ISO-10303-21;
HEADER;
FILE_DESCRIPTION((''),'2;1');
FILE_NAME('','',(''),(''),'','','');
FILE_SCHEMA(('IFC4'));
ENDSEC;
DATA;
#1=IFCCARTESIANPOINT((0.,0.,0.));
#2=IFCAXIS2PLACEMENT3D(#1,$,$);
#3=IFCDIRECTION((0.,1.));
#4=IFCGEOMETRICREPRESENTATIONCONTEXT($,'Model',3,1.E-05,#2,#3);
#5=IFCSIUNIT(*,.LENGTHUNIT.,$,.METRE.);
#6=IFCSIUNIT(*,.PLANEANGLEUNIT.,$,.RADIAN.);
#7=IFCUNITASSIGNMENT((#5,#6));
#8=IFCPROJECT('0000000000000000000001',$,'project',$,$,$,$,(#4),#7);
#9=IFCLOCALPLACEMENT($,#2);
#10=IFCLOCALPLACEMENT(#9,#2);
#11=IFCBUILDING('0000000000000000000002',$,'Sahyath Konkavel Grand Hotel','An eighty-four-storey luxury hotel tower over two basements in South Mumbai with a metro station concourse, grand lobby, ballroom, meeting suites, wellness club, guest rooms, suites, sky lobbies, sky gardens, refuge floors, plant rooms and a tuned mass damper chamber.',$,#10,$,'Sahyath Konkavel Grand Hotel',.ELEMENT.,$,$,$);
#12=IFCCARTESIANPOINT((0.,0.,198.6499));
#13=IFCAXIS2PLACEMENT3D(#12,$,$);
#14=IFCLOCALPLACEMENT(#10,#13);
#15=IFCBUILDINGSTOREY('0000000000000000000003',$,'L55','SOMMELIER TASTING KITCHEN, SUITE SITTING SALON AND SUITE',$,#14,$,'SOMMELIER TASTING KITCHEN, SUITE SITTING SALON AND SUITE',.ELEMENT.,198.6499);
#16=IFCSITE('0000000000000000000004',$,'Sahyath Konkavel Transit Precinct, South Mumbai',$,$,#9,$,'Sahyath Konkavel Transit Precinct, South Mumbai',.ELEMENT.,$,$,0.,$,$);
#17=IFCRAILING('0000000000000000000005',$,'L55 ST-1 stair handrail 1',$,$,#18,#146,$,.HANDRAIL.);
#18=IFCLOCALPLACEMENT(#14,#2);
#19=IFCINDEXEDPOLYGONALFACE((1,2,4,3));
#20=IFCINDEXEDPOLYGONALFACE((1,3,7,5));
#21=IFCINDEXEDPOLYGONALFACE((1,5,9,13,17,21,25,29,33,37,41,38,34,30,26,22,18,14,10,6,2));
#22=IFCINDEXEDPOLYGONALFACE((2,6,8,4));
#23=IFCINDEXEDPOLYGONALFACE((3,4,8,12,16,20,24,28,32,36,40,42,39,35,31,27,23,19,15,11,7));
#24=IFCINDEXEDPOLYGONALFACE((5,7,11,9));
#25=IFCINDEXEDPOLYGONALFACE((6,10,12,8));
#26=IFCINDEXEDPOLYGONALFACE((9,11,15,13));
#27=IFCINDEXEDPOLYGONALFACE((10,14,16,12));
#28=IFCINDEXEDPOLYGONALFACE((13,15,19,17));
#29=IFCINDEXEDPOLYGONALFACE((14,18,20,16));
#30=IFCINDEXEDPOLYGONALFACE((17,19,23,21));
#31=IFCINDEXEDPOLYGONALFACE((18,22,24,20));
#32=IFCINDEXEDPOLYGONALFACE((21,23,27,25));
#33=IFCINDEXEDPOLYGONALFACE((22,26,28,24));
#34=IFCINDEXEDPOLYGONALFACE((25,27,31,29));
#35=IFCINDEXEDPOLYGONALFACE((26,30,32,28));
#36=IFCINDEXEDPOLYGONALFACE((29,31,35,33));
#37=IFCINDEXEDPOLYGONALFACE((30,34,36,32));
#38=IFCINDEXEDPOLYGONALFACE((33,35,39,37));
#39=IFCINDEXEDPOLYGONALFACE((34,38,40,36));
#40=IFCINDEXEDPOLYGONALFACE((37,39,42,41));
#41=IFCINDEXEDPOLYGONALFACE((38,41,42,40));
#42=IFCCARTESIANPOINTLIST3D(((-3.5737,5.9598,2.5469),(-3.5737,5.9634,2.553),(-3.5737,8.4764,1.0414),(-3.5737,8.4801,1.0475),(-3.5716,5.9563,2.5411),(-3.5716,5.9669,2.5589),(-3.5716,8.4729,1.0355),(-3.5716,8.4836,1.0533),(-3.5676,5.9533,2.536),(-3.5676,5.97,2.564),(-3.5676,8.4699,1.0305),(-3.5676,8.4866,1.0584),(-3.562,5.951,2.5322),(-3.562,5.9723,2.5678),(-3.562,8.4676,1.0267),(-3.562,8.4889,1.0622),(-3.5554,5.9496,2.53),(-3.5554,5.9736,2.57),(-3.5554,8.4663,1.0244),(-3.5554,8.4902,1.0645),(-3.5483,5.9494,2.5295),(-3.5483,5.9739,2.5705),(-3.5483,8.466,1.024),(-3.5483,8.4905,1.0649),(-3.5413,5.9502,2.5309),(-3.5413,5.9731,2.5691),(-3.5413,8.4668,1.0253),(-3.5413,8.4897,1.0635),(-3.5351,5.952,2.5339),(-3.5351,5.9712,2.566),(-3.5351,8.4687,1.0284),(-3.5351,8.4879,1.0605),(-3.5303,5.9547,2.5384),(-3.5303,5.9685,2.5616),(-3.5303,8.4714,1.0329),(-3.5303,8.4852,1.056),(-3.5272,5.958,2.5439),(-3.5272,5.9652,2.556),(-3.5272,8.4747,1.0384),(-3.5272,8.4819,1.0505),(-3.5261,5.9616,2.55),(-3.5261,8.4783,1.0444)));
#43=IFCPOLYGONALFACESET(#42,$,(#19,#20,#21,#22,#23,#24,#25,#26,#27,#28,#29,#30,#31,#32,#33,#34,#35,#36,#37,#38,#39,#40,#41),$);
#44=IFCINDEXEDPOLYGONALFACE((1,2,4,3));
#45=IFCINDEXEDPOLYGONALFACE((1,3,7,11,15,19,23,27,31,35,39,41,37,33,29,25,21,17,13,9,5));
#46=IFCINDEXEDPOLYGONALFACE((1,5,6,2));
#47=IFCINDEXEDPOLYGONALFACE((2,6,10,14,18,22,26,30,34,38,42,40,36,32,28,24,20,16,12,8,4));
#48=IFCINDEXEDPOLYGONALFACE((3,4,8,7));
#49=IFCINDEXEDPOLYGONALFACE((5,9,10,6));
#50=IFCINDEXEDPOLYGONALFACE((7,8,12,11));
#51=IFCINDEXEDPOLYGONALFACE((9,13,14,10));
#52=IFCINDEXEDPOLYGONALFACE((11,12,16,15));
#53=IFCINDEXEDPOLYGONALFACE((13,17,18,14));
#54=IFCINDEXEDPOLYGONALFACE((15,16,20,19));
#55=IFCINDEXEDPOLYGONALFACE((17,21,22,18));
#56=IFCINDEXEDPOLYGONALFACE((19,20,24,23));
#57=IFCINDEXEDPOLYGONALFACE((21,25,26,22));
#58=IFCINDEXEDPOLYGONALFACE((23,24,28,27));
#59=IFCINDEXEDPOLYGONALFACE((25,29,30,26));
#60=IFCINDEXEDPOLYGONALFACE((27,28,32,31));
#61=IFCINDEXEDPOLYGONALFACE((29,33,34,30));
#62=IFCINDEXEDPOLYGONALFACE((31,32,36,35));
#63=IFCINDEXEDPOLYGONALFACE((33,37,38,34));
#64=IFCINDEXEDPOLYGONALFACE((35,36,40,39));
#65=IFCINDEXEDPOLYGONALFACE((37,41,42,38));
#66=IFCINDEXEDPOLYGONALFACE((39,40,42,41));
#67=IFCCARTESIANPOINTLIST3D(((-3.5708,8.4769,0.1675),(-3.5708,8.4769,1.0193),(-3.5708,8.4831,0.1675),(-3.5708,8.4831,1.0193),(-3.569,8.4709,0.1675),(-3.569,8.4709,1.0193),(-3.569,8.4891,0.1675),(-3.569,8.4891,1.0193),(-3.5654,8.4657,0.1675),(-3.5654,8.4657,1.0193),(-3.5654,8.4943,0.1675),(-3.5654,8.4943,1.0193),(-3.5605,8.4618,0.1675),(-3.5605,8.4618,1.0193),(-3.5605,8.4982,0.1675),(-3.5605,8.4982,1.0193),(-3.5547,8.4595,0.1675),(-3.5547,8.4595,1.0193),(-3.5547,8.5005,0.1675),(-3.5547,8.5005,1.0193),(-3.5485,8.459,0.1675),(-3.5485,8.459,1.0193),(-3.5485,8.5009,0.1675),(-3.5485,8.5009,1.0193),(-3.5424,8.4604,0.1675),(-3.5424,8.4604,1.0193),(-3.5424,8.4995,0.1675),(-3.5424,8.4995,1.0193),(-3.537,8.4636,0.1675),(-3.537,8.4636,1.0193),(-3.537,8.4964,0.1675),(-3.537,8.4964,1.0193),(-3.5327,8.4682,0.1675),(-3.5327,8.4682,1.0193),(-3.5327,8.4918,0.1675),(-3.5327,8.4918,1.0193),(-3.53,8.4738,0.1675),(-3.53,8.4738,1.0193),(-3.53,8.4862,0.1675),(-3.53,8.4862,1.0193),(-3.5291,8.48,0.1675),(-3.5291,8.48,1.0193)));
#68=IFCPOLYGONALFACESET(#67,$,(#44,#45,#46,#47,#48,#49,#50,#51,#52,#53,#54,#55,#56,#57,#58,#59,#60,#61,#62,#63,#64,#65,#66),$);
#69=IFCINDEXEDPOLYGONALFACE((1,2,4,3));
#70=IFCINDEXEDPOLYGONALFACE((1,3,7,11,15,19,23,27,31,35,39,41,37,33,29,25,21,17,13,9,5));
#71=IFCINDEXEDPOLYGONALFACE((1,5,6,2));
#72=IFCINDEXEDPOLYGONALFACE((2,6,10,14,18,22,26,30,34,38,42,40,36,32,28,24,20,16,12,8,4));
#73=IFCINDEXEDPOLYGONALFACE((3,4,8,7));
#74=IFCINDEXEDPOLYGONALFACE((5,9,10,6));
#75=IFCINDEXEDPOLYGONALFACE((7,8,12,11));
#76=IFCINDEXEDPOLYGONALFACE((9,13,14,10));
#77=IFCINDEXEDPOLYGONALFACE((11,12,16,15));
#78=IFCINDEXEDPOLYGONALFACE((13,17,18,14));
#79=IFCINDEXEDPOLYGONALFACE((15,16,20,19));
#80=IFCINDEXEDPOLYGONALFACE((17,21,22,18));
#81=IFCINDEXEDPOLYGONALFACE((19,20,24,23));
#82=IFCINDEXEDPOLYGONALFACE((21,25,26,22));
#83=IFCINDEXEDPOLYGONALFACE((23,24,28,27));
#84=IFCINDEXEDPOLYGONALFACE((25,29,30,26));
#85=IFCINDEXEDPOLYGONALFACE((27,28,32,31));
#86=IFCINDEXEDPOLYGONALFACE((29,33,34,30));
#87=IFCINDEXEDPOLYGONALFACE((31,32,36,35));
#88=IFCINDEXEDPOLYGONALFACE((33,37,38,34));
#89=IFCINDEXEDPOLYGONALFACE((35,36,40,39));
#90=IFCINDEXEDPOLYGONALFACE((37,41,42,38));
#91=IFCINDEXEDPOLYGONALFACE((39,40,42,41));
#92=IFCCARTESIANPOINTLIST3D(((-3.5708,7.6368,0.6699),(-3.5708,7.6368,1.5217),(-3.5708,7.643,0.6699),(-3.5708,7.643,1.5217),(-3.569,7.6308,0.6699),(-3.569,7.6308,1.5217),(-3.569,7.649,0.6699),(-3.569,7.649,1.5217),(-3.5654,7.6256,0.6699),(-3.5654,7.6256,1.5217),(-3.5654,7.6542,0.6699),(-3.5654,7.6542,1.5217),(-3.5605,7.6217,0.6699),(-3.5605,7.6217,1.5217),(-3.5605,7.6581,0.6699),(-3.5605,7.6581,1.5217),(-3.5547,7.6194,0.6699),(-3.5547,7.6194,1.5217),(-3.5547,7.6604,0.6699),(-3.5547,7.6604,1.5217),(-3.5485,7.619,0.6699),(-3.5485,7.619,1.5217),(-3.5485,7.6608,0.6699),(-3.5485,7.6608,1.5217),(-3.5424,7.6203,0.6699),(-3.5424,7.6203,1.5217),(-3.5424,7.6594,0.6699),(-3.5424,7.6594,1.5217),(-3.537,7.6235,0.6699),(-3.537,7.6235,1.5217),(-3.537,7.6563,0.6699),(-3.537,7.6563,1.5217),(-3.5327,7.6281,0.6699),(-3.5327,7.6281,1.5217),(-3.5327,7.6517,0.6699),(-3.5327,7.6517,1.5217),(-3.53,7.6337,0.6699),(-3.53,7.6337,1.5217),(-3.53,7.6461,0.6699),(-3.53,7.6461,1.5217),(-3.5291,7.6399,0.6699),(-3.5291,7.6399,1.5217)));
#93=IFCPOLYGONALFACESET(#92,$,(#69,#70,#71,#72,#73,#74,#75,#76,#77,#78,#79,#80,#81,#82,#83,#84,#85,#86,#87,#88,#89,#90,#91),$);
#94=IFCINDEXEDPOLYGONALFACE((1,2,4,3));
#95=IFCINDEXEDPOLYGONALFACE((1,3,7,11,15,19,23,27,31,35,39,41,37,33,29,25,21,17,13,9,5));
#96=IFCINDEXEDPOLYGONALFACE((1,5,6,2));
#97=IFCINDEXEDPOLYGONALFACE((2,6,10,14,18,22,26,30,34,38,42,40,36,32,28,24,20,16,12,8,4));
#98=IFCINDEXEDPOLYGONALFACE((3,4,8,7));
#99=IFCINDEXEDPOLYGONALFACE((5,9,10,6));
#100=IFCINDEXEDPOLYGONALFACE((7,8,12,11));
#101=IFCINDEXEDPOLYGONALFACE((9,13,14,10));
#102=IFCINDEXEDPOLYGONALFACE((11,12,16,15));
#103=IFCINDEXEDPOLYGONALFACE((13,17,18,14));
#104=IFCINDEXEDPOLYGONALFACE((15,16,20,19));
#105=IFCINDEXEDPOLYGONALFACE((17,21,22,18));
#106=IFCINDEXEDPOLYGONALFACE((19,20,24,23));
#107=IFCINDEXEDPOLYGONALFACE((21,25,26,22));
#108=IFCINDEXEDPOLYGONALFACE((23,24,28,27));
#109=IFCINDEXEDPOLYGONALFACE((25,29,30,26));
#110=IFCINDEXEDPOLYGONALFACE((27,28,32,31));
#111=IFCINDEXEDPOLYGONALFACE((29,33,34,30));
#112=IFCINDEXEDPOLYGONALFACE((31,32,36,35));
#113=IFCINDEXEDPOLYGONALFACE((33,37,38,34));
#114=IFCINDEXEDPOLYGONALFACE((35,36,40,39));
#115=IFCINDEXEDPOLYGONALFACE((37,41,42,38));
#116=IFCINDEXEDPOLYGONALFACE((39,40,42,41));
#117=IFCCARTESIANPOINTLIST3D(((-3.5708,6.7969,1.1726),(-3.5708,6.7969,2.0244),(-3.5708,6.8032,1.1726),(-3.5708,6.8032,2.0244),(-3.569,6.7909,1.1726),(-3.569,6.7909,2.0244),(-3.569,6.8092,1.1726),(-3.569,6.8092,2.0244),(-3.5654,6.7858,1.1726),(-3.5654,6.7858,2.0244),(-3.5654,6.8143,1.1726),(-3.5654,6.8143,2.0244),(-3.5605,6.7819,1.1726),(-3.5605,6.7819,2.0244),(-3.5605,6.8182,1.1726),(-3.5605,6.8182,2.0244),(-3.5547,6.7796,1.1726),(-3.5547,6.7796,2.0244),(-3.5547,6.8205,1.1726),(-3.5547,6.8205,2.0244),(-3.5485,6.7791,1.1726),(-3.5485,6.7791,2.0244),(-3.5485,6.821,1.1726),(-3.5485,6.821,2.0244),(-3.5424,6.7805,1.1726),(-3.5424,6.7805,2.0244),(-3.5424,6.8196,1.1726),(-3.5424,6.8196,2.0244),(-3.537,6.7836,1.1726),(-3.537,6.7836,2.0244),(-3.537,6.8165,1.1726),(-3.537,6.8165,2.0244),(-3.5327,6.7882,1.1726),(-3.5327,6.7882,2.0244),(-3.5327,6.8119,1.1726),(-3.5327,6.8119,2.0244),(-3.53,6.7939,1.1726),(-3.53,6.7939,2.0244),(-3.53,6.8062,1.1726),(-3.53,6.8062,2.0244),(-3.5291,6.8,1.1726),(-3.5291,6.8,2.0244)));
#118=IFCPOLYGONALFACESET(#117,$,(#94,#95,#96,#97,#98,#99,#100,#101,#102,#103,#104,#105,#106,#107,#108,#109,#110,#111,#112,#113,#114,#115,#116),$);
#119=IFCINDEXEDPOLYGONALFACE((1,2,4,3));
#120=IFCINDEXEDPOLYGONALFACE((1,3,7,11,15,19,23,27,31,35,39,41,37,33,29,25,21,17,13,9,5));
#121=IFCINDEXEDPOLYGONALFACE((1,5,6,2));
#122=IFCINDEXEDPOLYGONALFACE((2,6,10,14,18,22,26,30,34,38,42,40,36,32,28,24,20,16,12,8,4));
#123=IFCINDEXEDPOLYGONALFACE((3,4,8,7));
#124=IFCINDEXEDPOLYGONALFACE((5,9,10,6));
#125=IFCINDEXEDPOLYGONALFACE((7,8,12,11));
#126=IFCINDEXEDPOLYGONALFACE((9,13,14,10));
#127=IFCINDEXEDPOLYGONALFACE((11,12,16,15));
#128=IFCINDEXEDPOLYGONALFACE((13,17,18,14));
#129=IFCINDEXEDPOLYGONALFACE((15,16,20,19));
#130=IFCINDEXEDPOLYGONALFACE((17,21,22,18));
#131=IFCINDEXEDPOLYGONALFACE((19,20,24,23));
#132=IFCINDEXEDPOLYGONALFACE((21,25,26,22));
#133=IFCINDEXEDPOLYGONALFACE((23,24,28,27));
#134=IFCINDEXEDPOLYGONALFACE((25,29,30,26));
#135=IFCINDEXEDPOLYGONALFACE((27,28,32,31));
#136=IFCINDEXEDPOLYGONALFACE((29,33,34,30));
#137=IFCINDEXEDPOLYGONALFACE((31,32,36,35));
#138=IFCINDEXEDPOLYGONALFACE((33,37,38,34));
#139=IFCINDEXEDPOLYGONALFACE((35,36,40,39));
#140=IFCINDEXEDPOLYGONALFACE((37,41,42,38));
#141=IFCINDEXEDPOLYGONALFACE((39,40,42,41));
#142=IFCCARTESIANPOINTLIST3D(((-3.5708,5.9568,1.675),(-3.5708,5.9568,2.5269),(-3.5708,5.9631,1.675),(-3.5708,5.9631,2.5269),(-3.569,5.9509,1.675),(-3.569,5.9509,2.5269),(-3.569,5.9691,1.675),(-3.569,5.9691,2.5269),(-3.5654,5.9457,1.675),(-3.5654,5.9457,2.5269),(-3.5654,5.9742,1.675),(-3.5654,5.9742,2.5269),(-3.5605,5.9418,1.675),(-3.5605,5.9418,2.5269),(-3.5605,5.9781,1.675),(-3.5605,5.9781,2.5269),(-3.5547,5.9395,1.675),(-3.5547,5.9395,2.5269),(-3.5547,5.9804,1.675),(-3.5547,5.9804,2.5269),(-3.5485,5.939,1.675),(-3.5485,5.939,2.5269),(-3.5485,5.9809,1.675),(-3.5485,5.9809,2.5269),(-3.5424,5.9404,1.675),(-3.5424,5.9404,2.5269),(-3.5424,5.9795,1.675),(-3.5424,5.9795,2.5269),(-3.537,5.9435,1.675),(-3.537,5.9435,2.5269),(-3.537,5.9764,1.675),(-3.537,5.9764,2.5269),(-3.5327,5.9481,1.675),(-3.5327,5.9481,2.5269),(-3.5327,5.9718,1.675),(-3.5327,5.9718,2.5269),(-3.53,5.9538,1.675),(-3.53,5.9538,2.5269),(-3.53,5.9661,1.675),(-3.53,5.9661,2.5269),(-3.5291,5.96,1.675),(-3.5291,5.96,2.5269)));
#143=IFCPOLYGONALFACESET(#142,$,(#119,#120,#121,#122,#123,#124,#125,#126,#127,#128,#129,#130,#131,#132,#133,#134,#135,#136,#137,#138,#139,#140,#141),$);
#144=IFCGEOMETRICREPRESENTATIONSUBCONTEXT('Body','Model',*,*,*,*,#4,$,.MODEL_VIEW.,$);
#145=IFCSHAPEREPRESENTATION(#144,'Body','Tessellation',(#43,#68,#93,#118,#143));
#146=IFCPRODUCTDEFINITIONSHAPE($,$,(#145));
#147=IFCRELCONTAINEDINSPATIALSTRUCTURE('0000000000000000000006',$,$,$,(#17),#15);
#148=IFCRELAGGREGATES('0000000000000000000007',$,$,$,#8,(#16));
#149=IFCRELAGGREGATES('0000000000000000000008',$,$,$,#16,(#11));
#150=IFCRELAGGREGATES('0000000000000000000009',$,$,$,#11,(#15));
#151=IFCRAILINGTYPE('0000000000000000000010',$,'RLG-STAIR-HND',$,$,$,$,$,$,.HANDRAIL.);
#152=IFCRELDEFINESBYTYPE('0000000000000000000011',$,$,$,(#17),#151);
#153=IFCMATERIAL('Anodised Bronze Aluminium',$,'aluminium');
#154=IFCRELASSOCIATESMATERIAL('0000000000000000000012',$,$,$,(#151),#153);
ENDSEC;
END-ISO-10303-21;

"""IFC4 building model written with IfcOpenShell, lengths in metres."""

from ifc_helpers import new_model, si_unit, direction, frame, origin, origin_2d, place, context, subcontext, project, spatial, circle, extrude, material, type_object, element, save


model = new_model("IFC4")

# Units and contexts
model_context = context("Model", 3, precision=1e-05, world=origin(), true_north=direction((0.0, 1.0)))
body_context = subcontext(model_context, "Body", "Model", "MODEL_VIEW")
ifc_project = project(units=[si_unit("LENGTHUNIT", "METRE"), si_unit("PLANEANGLEUNIT", "RADIAN")], contexts=[model_context])

# Site, building, storey
site_placement = place(None, origin())
site = spatial("IfcSite", under=ifc_project, at=site_placement, Name="Sahyath Konkavel Transit Precinct, South Mumbai", LongName="Sahyath Konkavel Transit Precinct, South Mumbai", CompositionType="ELEMENT", RefElevation=0.0)
building_placement = place(site_placement, origin())
building = spatial("IfcBuilding", under=site, at=building_placement, Name="Sahyath Konkavel Grand Hotel", Description="An eighty-four-storey luxury hotel tower over two basements in South Mumbai with a metro station concourse, grand lobby, ballroom, meeting suites, wellness club, guest rooms, suites, sky lobbies, sky gardens, refuge floors, plant rooms and a tuned mass damper chamber.", LongName="Sahyath Konkavel Grand Hotel", CompositionType="ELEMENT")
storey_placement = place(building_placement, frame((0.0, 0.0, 198.6499)))
storey = spatial("IfcBuildingStorey", under=building, at=storey_placement, Name="L55", Description="SOMMELIER TASTING KITCHEN, SUITE SITTING SALON AND SUITE", LongName="SOMMELIER TASTING KITCHEN, SUITE SITTING SALON AND SUITE", CompositionType="ELEMENT", Elevation=198.6499)

# Railing
ifc_material_1 = material(Name="Anodised Bronze Aluminium", Category="aluminium")
railing_type_1 = type_object("IfcRailingType", Name="RLG-STAIR-HND", PredefinedType="HANDRAIL", material=ifc_material_1)
railing_1_placement = place(storey_placement, frame((-3.55, 8.48, 0.1675)))
element("IfcRailing", 1, at=railing_1_placement, inside=storey, type_object=railing_type_1, Name="L55 ST-1 stair handrail 1", PredefinedType="HANDRAIL", context=body_context, shape_type="SweptSolid", body=[
    extrude(circle(Radius=0.0239, at=origin_2d()), frame((0.0, -0.0017, 0.877), z_axis=(0.0, -0.85816, 0.513383), x_axis=(1.0, 0.0, 0.0)), (0.0, 0.0, 1.0), 2.9326),
    extrude(circle(Radius=0.021, at=origin_2d()), origin(), (0.0, 0.0, 1.0), 0.8518),
    extrude(circle(Radius=0.021, at=origin_2d()), frame((0.0, -0.8401, 0.5024)), (0.0, 0.0, 1.0), 0.8518),
    extrude(circle(Radius=0.021, at=origin_2d()), frame((0.0, -1.6799, 1.0051)), (0.0, 0.0, 1.0), 0.8518),
    extrude(circle(Radius=0.021, at=origin_2d()), frame((0.0, -2.52, 1.5076)), (0.0, 0.0, 1.0), 0.8518),
])

save(model, "model.ifc")
